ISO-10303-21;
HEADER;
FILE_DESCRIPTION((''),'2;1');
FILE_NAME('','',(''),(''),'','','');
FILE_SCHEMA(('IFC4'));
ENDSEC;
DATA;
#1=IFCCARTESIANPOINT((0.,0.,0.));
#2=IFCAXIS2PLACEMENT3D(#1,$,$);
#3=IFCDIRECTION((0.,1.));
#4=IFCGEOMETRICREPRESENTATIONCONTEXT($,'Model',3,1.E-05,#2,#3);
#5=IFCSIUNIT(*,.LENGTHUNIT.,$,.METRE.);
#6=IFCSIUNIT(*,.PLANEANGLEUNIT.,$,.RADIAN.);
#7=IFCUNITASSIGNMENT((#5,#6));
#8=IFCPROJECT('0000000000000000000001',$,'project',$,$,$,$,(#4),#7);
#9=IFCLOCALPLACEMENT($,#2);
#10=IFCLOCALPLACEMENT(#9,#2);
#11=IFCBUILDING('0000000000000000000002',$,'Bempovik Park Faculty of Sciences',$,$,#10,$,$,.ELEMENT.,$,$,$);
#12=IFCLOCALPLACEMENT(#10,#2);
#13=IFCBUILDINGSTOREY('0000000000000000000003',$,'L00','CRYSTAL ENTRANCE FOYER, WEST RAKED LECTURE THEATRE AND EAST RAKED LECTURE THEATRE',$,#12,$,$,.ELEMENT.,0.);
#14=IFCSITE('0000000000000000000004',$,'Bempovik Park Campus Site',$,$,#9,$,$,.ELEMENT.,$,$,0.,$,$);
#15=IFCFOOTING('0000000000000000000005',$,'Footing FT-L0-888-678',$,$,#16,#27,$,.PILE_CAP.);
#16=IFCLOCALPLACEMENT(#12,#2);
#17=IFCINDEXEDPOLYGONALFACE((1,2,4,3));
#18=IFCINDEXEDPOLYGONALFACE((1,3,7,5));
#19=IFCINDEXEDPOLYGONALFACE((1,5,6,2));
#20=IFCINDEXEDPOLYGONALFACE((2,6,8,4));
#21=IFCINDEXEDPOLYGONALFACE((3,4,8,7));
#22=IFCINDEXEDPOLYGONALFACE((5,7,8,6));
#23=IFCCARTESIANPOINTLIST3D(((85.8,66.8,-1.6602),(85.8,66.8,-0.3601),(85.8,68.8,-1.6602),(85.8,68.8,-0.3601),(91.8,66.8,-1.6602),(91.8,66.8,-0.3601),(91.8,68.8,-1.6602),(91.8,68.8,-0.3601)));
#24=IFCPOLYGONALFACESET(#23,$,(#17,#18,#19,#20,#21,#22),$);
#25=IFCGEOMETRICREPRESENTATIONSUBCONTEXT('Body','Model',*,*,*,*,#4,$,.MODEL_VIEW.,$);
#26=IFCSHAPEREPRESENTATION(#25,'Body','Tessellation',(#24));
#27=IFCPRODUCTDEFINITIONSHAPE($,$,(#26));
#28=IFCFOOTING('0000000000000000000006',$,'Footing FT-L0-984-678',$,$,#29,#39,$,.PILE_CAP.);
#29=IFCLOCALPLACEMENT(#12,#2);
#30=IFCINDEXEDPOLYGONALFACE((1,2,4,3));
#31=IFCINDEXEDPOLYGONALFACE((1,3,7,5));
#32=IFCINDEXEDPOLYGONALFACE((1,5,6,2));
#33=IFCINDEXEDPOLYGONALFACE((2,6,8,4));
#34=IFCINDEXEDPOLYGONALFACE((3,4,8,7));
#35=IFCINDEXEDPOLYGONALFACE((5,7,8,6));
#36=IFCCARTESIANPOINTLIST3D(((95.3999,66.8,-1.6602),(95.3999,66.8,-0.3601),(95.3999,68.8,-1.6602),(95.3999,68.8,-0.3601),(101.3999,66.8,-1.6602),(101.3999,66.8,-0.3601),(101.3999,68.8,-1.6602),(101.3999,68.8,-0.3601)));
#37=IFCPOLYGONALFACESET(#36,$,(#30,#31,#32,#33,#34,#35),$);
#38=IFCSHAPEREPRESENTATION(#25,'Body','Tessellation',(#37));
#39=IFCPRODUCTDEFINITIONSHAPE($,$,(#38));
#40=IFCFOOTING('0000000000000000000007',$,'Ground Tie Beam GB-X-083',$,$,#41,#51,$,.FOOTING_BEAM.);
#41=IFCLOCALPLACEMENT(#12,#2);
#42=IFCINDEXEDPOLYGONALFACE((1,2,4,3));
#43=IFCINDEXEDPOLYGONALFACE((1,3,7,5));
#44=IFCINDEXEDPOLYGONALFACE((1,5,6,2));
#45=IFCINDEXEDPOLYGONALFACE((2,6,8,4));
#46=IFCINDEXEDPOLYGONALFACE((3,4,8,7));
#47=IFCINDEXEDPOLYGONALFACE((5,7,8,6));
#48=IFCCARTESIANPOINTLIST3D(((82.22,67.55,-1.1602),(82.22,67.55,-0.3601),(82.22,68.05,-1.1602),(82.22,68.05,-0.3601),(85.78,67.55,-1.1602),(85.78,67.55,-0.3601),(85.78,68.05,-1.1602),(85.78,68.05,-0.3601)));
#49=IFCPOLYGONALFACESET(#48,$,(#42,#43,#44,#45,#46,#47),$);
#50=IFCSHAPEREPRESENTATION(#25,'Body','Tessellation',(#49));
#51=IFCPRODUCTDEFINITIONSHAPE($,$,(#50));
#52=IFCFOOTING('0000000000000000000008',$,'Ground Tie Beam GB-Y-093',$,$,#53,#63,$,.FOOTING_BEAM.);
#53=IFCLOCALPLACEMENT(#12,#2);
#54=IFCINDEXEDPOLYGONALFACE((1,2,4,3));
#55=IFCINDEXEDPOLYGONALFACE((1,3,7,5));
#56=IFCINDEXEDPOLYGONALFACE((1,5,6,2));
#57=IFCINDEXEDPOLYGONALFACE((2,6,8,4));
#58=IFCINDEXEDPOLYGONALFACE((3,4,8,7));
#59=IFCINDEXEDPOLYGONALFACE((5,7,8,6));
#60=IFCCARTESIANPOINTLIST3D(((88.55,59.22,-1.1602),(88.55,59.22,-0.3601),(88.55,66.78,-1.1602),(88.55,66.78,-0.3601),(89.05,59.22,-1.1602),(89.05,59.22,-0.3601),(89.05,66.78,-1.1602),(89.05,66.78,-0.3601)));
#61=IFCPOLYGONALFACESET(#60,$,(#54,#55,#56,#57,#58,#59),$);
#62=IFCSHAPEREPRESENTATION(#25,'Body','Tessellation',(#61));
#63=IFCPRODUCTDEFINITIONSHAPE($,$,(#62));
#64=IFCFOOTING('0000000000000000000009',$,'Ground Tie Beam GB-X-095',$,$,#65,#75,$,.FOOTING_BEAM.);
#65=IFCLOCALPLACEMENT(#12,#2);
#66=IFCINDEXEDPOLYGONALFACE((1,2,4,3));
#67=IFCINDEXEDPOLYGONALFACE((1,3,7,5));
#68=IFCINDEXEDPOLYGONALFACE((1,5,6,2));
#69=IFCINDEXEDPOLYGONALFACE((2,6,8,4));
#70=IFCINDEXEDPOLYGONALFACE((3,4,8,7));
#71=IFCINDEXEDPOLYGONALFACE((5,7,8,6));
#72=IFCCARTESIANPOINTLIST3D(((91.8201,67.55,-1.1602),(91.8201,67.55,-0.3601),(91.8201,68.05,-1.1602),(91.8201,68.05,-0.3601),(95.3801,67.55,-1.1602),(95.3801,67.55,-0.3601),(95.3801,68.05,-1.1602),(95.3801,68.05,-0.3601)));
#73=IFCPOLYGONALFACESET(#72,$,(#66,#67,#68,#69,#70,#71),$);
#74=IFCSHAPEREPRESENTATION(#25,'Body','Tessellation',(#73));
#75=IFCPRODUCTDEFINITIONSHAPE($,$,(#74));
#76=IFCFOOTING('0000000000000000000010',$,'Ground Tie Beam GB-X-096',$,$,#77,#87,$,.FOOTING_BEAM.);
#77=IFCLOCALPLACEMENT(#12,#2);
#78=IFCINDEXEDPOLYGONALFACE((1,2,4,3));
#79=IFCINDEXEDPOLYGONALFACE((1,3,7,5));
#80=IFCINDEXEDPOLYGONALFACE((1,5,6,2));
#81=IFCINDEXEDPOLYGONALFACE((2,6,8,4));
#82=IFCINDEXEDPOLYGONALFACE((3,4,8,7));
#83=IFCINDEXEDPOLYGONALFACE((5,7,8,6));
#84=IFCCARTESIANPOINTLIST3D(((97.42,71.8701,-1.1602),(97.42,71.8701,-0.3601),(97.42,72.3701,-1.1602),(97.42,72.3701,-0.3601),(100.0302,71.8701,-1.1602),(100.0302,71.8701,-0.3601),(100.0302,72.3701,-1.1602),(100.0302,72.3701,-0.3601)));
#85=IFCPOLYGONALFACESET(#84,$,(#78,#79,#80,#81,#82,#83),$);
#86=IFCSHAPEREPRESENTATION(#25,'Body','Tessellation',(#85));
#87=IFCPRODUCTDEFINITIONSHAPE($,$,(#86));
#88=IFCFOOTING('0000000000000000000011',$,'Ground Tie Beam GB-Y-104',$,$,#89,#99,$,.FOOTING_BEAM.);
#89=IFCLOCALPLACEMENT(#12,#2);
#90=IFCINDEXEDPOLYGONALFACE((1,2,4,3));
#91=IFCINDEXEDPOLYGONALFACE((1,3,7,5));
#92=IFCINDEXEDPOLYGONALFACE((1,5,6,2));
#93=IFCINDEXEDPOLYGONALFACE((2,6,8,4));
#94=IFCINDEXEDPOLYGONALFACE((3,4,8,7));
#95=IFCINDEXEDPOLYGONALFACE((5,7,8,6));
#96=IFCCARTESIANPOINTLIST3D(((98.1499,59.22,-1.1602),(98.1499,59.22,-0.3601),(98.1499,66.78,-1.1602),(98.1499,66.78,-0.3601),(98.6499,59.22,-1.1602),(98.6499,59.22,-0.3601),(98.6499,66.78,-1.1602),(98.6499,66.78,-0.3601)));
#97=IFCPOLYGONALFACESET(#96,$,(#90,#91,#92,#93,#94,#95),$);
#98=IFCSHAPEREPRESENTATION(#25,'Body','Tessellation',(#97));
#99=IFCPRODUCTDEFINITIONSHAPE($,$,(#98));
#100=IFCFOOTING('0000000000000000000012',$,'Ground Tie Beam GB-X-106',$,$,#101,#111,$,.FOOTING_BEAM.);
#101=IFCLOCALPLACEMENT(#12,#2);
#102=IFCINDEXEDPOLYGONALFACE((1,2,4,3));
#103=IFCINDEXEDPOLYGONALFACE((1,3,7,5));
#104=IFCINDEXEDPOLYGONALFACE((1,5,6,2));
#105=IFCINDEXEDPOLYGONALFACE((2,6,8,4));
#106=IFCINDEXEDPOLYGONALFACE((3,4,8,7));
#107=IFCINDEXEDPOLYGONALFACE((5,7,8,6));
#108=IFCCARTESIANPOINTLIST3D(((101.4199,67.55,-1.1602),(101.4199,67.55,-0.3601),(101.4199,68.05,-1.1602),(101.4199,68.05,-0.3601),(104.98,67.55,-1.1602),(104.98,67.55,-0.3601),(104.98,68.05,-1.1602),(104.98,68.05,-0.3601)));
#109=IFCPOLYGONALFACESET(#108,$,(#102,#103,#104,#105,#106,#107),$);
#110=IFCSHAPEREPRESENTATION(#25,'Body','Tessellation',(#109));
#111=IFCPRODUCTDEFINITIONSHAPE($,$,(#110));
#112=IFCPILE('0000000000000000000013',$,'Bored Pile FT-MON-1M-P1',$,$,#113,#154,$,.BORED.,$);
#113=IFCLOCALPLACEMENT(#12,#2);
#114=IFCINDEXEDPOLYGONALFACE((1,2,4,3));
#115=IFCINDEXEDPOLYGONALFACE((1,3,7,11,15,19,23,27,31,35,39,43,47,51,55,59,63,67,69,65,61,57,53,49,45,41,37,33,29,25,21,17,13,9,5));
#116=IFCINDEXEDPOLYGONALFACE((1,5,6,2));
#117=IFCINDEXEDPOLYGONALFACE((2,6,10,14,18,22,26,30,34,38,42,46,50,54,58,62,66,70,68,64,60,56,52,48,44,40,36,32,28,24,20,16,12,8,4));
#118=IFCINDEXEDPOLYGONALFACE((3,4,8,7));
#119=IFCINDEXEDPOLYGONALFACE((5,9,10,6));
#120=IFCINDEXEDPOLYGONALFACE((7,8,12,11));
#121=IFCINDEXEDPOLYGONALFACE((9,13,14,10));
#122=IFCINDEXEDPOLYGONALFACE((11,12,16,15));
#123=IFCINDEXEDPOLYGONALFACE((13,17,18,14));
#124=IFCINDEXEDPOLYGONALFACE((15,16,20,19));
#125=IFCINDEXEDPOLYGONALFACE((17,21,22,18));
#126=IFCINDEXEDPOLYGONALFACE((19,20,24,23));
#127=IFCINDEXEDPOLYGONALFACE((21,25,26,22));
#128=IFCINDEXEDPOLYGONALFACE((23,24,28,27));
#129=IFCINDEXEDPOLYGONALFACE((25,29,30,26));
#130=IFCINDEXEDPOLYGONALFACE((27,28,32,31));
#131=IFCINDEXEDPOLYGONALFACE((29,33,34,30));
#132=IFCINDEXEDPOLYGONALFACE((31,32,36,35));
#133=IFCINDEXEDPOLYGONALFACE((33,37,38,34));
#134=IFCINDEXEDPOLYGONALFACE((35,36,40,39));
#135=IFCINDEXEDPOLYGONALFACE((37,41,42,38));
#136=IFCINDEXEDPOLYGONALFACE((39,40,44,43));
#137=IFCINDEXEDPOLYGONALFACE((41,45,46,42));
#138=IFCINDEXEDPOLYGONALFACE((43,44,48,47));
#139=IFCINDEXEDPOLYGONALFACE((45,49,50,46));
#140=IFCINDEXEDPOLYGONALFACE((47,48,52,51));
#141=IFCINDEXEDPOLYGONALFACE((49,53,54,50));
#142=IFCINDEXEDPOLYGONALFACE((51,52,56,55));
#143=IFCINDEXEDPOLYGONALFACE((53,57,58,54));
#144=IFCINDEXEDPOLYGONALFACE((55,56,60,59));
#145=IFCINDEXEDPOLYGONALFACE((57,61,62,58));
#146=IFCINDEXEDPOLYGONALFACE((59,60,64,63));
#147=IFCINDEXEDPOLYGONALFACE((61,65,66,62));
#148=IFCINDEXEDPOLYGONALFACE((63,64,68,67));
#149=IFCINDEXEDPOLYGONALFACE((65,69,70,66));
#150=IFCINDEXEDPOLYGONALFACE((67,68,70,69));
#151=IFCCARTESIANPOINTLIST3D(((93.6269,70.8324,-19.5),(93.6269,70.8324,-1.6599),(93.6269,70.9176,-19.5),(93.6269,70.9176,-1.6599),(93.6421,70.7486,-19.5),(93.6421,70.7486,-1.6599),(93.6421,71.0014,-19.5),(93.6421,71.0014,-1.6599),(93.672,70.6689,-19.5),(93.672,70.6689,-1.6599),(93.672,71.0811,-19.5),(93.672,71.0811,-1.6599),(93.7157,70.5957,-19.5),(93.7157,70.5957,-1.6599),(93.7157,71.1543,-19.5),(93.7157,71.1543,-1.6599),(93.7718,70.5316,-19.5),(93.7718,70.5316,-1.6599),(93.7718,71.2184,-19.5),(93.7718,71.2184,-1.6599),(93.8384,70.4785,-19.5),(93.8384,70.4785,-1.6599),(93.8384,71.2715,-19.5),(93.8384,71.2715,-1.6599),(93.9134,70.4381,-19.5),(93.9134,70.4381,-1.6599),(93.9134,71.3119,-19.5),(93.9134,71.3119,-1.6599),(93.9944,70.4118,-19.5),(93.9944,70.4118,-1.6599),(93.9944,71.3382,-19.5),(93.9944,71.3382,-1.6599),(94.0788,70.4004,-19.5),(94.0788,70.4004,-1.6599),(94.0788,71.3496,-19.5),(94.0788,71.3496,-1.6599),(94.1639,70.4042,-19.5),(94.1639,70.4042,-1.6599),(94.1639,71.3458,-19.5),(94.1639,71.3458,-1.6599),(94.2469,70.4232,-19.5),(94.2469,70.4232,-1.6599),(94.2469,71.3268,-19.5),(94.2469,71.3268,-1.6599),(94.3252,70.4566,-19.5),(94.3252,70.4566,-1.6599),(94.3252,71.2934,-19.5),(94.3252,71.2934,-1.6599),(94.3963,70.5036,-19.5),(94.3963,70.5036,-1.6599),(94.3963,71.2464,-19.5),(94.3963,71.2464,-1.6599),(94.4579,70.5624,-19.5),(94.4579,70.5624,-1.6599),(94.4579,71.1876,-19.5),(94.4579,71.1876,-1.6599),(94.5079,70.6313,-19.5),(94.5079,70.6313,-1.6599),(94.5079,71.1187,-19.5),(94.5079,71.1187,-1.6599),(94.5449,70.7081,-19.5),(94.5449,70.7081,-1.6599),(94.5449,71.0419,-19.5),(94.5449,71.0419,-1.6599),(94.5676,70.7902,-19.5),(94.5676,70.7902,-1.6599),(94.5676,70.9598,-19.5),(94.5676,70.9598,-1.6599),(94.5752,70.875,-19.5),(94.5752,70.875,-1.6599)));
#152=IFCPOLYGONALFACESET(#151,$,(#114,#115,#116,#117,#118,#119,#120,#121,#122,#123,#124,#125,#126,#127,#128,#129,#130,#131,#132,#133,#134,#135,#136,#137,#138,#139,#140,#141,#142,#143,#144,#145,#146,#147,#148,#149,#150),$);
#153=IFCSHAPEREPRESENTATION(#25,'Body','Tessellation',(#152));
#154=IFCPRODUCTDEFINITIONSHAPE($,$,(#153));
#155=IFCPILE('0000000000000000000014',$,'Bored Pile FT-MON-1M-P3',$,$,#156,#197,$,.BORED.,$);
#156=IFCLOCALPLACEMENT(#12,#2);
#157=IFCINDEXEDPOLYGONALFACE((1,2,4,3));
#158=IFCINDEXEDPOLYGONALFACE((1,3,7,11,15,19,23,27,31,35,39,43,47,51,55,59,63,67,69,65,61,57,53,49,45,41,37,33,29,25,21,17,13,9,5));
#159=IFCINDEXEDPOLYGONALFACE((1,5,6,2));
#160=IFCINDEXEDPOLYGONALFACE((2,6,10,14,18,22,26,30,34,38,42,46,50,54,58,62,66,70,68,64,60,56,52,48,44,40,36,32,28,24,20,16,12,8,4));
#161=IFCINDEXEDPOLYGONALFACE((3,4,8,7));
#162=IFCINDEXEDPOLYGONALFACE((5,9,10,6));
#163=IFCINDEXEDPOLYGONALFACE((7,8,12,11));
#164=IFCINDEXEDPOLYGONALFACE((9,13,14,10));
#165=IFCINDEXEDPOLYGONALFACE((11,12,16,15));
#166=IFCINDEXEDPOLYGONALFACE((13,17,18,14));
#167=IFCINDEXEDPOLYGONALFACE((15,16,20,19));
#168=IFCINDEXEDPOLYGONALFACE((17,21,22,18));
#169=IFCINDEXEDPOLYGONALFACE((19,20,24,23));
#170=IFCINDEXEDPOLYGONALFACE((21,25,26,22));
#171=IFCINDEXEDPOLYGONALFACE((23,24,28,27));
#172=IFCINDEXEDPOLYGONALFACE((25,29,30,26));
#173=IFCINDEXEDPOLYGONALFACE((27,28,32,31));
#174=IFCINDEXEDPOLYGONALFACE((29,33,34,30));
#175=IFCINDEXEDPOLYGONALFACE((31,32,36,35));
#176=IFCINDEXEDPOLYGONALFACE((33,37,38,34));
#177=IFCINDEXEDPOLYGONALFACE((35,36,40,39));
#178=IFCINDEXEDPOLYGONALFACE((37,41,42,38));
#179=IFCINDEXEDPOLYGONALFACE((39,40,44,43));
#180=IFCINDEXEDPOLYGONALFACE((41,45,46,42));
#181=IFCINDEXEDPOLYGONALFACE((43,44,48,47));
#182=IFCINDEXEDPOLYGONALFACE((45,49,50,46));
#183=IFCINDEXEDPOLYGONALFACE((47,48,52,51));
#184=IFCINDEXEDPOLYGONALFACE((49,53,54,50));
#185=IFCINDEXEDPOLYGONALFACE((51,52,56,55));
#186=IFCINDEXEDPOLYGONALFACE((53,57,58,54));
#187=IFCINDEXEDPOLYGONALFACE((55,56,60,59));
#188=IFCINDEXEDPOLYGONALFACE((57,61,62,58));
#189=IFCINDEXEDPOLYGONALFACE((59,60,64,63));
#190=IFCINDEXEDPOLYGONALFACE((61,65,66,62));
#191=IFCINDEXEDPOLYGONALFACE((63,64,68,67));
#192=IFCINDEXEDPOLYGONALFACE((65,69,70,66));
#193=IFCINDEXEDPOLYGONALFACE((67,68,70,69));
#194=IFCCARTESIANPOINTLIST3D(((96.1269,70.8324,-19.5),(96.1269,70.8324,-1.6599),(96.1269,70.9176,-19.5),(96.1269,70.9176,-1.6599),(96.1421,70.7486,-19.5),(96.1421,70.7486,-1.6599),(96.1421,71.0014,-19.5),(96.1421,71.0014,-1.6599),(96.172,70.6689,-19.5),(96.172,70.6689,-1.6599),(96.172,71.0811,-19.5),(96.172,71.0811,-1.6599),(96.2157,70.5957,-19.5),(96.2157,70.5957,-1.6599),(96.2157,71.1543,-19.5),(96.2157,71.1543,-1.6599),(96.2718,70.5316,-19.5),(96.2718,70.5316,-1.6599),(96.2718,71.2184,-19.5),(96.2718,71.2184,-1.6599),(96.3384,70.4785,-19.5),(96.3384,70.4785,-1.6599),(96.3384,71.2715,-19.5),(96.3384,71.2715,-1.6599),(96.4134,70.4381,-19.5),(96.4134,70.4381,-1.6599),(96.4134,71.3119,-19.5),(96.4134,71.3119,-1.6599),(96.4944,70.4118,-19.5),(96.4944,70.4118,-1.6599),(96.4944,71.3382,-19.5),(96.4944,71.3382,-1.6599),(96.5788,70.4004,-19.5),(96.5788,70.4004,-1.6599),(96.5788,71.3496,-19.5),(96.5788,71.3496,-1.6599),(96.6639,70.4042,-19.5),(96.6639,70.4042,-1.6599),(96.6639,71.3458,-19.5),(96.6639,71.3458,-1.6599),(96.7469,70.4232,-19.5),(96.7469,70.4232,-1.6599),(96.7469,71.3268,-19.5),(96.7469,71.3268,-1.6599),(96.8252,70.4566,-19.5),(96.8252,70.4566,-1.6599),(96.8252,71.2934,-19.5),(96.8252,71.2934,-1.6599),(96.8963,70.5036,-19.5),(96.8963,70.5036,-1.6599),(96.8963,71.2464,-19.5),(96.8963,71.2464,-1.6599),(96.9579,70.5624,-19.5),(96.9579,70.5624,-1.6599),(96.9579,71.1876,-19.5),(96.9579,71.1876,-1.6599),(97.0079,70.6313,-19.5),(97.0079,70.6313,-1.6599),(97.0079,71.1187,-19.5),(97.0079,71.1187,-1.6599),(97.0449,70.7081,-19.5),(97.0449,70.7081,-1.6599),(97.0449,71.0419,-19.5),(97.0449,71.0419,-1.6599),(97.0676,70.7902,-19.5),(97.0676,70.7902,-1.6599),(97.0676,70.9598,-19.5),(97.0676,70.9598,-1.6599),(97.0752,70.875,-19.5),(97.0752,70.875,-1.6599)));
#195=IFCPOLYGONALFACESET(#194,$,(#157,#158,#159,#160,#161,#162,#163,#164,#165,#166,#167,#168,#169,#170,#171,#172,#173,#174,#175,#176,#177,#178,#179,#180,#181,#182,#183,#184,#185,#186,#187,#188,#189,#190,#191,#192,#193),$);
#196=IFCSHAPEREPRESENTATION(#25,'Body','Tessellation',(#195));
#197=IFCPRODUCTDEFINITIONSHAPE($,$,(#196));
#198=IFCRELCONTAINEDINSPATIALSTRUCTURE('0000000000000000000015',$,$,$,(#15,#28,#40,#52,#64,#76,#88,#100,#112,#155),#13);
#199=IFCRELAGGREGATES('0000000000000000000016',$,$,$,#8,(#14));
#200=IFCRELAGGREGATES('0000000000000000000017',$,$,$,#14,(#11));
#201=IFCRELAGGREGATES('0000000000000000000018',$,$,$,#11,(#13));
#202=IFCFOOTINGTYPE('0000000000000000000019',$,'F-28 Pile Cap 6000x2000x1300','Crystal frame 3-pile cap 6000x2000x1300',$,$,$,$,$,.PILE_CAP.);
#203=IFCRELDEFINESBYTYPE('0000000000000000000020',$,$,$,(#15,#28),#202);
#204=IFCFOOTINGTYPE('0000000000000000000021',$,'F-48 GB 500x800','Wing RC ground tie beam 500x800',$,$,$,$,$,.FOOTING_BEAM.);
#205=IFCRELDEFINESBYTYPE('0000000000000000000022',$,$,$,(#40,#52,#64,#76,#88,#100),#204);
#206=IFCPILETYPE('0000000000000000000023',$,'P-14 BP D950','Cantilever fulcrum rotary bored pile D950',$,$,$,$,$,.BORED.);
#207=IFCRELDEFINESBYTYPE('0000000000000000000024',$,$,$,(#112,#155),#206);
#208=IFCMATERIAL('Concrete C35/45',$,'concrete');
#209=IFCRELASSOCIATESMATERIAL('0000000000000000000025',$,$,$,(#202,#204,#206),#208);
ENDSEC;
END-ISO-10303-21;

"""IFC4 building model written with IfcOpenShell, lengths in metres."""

from ifc_helpers import new_model, si_unit, direction, frame, origin, origin_2d, place, context, subcontext, project, spatial, rectangle, circle, extrude, material, material_profile, profile_set, type_object, element, save


model = new_model("IFC4")

# Units and contexts
model_context = context("Model", 3, precision=1e-05, world=origin(), true_north=direction((0.0, 1.0)))
body_context = subcontext(model_context, "Body", "Model", "MODEL_VIEW")
ifc_project = project(units=[si_unit("LENGTHUNIT", "METRE"), si_unit("PLANEANGLEUNIT", "RADIAN")], contexts=[model_context])

# Site, building, storey
site_placement = place(None, origin())
site = spatial("IfcSite", under=ifc_project, at=site_placement, Name="Bempovik Park Campus Site", CompositionType="ELEMENT", RefElevation=0.0)
building_placement = place(site_placement, origin())
building = spatial("IfcBuilding", under=site, at=building_placement, Name="Bempovik Park Faculty of Sciences", CompositionType="ELEMENT")
storey_placement = place(building_placement, origin())
storey = spatial("IfcBuildingStorey", under=building, at=storey_placement, Name="L00", Description="CRYSTAL ENTRANCE FOYER, WEST RAKED LECTURE THEATRE AND EAST RAKED LECTURE THEATRE", CompositionType="ELEMENT", Elevation=0.0)

# Footings
ifc_material_1 = material(Name="Concrete C35/45", Category="concrete")
footing_type_1 = type_object("IfcFootingType", Name="F-28 Pile Cap 6000x2000x1300", Description="Crystal frame 3-pile cap 6000x2000x1300", PredefinedType="PILE_CAP", material=ifc_material_1)
for number, where, z_axis, x_axis, name in (
    (1, (88.8, 67.8, -1.6602), (0.0, 0.0, 1.0), (1.0, 0.0, 0.0), "Footing FT-L0-888-678"),
    (2, (98.3999, 67.8, -1.6602), (0.0, 0.0, 1.0), (1.0, 0.0, 0.0), "Footing FT-L0-984-678"),
):
    element("IfcFooting", number, at=place(storey_placement, frame(where, z_axis=z_axis, x_axis=x_axis)), inside=storey, type_object=footing_type_1, Name=name, PredefinedType="PILE_CAP", context=body_context, shape_type="SweptSolid", body=[
        extrude(rectangle(XDim=6.0, YDim=2.0, at=origin_2d()), origin(), (0.0, 0.0, 1.0), 1.3),
    ])
footing_type_2 = type_object("IfcFootingType", Name="F-48 GB 500x800", Description="Wing RC ground tie beam 500x800", PredefinedType="FOOTING_BEAM", material=ifc_material_1)
footing_1_placement = place(storey_placement, frame((84.0, 67.8, -1.1602), z_axis=(0.0, 0.0, 1.0), x_axis=(1.0, 0.0, 0.0)))
element("IfcFooting", 3, at=footing_1_placement, inside=storey, type_object=footing_type_2, Name="Ground Tie Beam GB-X-083", PredefinedType="FOOTING_BEAM", context=body_context, shape_type="SweptSolid", body=[
    extrude(rectangle(XDim=3.5601, YDim=0.5, at=origin_2d()), origin(), (0.0, 0.0, 1.0), 0.8),
])
footing_2_placement = place(storey_placement, frame((88.8, 63.0, -1.1602), z_axis=(0.0, 0.0, 1.0), x_axis=(1.0, 0.0, 0.0)))
element("IfcFooting", 4, at=footing_2_placement, inside=storey, type_object=footing_type_2, Name="Ground Tie Beam GB-Y-093", PredefinedType="FOOTING_BEAM", context=body_context, shape_type="SweptSolid", body=[
    extrude(rectangle(XDim=0.5, YDim=7.5601, at=origin_2d()), origin(), (0.0, 0.0, 1.0), 0.8),
])
footing_3_placement = place(storey_placement, frame((93.6001, 67.8, -1.1602), z_axis=(0.0, 0.0, 1.0), x_axis=(1.0, 0.0, 0.0)))
element("IfcFooting", 5, at=footing_3_placement, inside=storey, type_object=footing_type_2, Name="Ground Tie Beam GB-X-095", PredefinedType="FOOTING_BEAM", context=body_context, shape_type="SweptSolid", body=[
    extrude(rectangle(XDim=3.5601, YDim=0.5, at=origin_2d()), origin(), (0.0, 0.0, 1.0), 0.8),
])
footing_4_placement = place(storey_placement, frame((98.7251, 72.1201, -1.1602), z_axis=(0.0, 0.0, 1.0), x_axis=(1.0, 0.0, 0.0)))
element("IfcFooting", 6, at=footing_4_placement, inside=storey, type_object=footing_type_2, Name="Ground Tie Beam GB-X-096", PredefinedType="FOOTING_BEAM", context=body_context, shape_type="SweptSolid", body=[
    extrude(rectangle(XDim=2.6101, YDim=0.5, at=origin_2d()), origin(), (0.0, 0.0, 1.0), 0.8),
])
footing_5_placement = place(storey_placement, frame((98.3999, 63.0, -1.1602), z_axis=(0.0, 0.0, 1.0), x_axis=(1.0, 0.0, 0.0)))
element("IfcFooting", 7, at=footing_5_placement, inside=storey, type_object=footing_type_2, Name="Ground Tie Beam GB-Y-104", PredefinedType="FOOTING_BEAM", context=body_context, shape_type="SweptSolid", body=[
    extrude(rectangle(XDim=0.5, YDim=7.5601, at=origin_2d()), origin(), (0.0, 0.0, 1.0), 0.8),
])
footing_6_placement = place(storey_placement, frame((103.2, 67.8, -1.1602), z_axis=(0.0, 0.0, 1.0), x_axis=(1.0, 0.0, 0.0)))
element("IfcFooting", 8, at=footing_6_placement, inside=storey, type_object=footing_type_2, Name="Ground Tie Beam GB-X-106", PredefinedType="FOOTING_BEAM", context=body_context, shape_type="SweptSolid", body=[
    extrude(rectangle(XDim=3.5601, YDim=0.5, at=origin_2d()), origin(), (0.0, 0.0, 1.0), 0.8),
])

# Piles
ifc_material_profile_1 = material_profile(ifc_material_1, circle(Radius=0.4751, at=origin_2d()), Name="BP D950")
ifc_profile_set_1 = profile_set([ifc_material_profile_1], Name="Concrete C35/45")
pile_type_1 = type_object("IfcPileType", Name="P-14 BP D950", Description="Cantilever fulcrum rotary bored pile D950", PredefinedType="BORED", material=ifc_profile_set_1)
for number, where, z_axis, x_axis, name in (
    (9, (94.1001, 70.875, -1.6599), (0.0, 0.0, -1.0), (1.0, 0.0, 0.0), "Bored Pile FT-MON-1M-P1"),
    (10, (96.6001, 70.875, -1.6599), (0.0, 0.0, -1.0), (1.0, 0.0, 0.0), "Bored Pile FT-MON-1M-P3"),
):
    element("IfcPile", number, at=place(storey_placement, frame(where, z_axis=z_axis, x_axis=x_axis)), inside=storey, type_object=pile_type_1, Name=name, PredefinedType="BORED", context=body_context, shape_type="SweptSolid", body=[
        extrude(circle(Radius=0.4751, at=origin_2d()), origin(), (0.0, 0.0, 1.0), 17.8401),
    ])

save(model, "model.ifc")
